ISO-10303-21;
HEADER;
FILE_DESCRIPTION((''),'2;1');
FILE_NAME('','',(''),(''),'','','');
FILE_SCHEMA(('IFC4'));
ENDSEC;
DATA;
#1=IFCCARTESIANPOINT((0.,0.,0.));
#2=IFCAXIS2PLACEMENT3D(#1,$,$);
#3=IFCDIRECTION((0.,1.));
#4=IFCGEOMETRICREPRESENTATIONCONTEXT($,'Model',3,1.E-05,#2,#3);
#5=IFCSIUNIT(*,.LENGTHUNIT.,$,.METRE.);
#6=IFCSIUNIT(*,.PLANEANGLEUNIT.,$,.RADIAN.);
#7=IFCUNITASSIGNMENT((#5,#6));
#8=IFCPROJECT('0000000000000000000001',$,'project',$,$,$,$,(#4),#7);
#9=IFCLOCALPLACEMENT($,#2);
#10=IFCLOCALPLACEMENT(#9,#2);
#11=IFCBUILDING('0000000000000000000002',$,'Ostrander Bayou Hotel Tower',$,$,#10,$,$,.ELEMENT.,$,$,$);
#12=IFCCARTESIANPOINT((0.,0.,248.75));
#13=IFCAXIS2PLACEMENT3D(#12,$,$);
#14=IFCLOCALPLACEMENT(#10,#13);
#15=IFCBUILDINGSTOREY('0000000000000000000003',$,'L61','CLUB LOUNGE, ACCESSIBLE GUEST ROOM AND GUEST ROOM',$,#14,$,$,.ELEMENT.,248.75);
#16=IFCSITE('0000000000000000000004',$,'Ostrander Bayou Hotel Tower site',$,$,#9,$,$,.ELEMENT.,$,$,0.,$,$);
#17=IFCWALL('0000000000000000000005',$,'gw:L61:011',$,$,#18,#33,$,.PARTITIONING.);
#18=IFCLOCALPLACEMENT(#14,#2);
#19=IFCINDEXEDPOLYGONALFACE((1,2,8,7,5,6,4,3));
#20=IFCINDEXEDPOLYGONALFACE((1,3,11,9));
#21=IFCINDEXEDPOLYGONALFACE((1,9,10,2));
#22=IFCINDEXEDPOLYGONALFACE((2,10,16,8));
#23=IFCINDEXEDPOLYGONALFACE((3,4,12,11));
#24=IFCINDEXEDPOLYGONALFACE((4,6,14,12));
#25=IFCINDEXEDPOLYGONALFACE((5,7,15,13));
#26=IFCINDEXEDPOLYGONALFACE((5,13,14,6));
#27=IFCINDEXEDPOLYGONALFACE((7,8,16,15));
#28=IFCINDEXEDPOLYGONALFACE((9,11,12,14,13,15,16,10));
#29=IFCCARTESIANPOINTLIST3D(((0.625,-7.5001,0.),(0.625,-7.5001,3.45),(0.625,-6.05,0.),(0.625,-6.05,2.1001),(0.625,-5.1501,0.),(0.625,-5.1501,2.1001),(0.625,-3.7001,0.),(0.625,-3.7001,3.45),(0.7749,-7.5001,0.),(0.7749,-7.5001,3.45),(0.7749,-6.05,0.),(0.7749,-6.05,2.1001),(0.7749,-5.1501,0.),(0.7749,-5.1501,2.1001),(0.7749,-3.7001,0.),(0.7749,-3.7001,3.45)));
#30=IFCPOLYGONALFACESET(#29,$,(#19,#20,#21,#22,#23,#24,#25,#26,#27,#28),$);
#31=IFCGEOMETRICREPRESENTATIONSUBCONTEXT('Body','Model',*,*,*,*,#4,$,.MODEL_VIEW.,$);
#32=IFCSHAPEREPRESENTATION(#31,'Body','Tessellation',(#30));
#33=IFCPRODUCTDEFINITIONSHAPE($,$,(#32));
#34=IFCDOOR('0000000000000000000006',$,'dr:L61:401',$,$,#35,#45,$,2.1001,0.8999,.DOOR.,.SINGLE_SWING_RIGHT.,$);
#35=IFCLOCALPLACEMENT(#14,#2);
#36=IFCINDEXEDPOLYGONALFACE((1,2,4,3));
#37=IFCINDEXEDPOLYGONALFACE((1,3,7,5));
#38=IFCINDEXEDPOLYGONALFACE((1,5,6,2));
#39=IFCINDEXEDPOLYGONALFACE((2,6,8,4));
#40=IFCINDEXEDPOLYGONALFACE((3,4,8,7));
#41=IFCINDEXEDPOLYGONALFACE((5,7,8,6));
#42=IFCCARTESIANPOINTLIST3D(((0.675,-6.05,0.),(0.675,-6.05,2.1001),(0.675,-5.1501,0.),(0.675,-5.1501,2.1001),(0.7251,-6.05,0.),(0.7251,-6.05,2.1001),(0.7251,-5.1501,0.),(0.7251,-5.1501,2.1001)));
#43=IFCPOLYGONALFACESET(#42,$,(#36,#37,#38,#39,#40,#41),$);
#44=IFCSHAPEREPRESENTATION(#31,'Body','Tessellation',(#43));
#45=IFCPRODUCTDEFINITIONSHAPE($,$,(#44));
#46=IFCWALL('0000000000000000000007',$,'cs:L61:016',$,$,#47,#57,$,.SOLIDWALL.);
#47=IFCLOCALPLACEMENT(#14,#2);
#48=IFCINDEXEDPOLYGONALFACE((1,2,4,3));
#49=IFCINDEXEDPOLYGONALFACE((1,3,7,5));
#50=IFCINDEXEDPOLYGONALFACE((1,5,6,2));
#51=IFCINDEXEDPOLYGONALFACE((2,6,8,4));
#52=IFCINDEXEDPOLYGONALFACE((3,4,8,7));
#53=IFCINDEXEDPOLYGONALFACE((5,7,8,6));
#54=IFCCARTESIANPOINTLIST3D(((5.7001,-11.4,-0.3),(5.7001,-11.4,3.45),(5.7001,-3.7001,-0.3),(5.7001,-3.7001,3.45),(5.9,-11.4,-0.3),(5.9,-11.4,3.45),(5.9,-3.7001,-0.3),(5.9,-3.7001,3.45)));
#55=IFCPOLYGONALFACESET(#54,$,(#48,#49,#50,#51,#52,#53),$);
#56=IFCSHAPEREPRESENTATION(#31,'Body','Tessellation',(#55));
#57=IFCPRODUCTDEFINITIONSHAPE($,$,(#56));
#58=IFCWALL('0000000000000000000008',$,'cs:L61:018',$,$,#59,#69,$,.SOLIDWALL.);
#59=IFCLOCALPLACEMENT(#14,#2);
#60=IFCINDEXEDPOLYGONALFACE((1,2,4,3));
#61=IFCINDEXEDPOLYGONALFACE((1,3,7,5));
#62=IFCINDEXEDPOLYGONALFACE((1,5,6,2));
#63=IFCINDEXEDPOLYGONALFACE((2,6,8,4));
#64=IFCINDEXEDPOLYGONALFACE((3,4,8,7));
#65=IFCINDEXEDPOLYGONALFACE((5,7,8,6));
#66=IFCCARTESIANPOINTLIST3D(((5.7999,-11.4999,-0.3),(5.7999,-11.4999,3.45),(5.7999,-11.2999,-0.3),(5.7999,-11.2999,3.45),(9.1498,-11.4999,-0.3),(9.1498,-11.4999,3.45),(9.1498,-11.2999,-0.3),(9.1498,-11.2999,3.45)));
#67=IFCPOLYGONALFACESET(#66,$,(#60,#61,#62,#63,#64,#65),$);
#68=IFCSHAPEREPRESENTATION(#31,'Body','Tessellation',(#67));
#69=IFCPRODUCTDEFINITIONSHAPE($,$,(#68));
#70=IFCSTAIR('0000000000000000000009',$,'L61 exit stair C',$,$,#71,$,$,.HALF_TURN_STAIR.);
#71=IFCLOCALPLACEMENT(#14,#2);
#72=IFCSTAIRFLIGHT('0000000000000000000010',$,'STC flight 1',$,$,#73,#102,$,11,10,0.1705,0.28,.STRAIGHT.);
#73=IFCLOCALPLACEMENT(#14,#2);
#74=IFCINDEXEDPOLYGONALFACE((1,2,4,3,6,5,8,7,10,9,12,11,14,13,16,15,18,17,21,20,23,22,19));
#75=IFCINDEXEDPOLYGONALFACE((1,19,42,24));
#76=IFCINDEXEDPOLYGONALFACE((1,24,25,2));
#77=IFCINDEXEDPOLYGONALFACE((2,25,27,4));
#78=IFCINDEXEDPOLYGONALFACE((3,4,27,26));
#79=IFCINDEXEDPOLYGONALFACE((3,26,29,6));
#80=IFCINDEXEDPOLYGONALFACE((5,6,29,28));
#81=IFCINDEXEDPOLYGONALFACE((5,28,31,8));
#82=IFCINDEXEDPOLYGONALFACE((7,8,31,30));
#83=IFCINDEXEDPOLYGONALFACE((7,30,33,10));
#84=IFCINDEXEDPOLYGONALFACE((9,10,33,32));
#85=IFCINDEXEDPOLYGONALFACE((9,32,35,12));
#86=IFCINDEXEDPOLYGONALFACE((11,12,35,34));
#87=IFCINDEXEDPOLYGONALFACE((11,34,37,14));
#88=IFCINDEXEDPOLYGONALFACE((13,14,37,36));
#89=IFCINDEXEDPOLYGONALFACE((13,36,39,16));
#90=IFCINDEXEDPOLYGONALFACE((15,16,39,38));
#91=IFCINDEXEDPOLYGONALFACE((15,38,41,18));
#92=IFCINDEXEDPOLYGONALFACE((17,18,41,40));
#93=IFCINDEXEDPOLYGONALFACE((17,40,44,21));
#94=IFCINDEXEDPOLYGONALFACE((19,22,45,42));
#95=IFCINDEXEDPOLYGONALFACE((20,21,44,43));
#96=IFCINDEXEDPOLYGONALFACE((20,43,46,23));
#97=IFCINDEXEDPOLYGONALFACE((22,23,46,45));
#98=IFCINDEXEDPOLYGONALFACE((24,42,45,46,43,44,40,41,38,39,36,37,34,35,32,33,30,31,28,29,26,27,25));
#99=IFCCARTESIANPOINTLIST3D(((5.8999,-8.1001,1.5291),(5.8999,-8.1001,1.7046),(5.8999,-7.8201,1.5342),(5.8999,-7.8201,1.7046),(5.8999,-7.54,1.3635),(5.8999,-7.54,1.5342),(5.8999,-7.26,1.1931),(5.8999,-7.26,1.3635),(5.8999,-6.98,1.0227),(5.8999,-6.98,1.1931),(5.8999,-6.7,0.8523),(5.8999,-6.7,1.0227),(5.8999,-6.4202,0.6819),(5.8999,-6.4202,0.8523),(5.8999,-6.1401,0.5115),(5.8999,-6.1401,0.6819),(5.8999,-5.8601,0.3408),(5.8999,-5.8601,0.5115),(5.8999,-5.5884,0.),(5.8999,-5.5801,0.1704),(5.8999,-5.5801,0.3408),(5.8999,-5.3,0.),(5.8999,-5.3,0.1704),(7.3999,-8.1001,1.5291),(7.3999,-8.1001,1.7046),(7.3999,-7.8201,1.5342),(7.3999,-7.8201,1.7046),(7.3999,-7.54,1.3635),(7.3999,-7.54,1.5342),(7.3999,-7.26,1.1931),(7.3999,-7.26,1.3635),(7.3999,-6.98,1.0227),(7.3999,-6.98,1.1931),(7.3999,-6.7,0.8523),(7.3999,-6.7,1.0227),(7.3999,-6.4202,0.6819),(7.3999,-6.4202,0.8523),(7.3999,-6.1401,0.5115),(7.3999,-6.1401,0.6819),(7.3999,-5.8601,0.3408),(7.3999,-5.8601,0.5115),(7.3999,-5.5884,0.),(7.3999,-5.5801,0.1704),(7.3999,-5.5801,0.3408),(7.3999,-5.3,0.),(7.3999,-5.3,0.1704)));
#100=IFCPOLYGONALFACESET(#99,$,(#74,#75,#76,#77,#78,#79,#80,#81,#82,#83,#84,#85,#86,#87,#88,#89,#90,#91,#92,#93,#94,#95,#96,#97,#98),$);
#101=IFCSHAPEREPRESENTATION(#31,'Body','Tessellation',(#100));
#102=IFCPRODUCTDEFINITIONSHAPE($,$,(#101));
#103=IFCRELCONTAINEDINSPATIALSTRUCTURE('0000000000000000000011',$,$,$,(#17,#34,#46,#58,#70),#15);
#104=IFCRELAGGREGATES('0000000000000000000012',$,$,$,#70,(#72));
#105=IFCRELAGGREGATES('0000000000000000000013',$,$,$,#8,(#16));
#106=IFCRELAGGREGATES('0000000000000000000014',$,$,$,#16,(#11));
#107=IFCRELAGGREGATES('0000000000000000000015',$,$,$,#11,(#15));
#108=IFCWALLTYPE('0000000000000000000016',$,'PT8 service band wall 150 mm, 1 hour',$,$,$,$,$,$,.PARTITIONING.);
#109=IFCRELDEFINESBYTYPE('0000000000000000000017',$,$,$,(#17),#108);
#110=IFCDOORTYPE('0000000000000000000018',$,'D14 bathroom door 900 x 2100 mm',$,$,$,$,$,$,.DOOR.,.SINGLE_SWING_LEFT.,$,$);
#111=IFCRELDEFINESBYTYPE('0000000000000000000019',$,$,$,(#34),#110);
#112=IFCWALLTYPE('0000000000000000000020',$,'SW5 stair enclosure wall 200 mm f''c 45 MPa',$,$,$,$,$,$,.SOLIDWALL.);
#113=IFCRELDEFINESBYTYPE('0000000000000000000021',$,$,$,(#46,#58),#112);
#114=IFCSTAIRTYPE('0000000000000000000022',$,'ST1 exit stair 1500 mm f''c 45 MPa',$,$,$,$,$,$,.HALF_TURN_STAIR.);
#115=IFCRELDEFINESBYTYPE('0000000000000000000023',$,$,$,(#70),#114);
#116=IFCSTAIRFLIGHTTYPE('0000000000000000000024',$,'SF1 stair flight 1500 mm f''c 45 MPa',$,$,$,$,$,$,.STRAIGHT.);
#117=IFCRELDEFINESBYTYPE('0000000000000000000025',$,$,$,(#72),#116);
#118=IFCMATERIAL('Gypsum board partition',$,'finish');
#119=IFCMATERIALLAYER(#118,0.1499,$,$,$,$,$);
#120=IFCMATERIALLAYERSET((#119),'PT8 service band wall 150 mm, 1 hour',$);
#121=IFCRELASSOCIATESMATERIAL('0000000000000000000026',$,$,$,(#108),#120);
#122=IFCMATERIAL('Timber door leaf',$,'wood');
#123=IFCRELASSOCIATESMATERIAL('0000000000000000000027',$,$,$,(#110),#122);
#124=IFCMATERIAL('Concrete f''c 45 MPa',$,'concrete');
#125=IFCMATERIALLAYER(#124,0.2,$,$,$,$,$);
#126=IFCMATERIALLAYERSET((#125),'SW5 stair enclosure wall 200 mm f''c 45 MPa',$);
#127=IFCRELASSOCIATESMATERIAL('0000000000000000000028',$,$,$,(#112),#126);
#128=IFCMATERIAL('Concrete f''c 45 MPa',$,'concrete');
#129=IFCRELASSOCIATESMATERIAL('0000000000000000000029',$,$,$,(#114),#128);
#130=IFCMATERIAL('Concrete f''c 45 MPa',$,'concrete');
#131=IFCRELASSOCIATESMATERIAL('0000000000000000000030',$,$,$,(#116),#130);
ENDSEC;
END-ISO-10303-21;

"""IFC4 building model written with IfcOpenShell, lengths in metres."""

from ifc_helpers import new_model, si_unit, direction, frame, frame_2d, origin, place, context, subcontext, project, spatial, polyline, rectangle, outline, extrude, material, layer, layer_set, type_object, element, fill, aggregate, save


model = new_model("IFC4")

# Units and contexts
model_context = context("Model", 3, precision=1e-05, world=origin(), true_north=direction((0.0, 1.0)))
body_context = subcontext(model_context, "Body", "Model", "MODEL_VIEW")
ifc_project = project(units=[si_unit("LENGTHUNIT", "METRE"), si_unit("PLANEANGLEUNIT", "RADIAN")], contexts=[model_context])

# Site, building, storey
site_placement = place(None, origin())
site = spatial("IfcSite", under=ifc_project, at=site_placement, Name="Ostrander Bayou Hotel Tower site", CompositionType="ELEMENT", RefElevation=0.0)
building_placement = place(site_placement, origin())
building = spatial("IfcBuilding", under=site, at=building_placement, Name="Ostrander Bayou Hotel Tower", CompositionType="ELEMENT")
storey_placement = place(building_placement, frame((0.0, 0.0, 248.75)))
storey = spatial("IfcBuildingStorey", under=building, at=storey_placement, Name="L61", Description="CLUB LOUNGE, ACCESSIBLE GUEST ROOM AND GUEST ROOM", CompositionType="ELEMENT", Elevation=248.75)

# Shared definitions
ifc_material_1 = material(Name="Gypsum board partition", Category="finish")
ifc_layer_1 = layer(ifc_material_1, 0.1499)
ifc_layer_set_1 = layer_set([ifc_layer_1], Name="PT8 service band wall 150 mm, 1 hour")
wall_type_1 = type_object("IfcWallType", Name="PT8 service band wall 150 mm, 1 hour", PredefinedType="PARTITIONING", material=ifc_layer_set_1)

# Wall, opening, door
wall_1_placement = place(storey_placement, frame((0.7, -7.5, 0.0), z_axis=(0.0, 0.0, 1.0), x_axis=(0.0, 1.0, 0.0)))
wall_1 = element("IfcWall", 1, at=wall_1_placement, inside=storey, type_object=wall_type_1, Name="gw:L61:011", PredefinedType="PARTITIONING", context=body_context, shape_type="SweptSolid", body=[
    extrude(rectangle(XDim=3.8, YDim=0.1499, at=frame_2d((1.8999, 0.0))), origin(), (0.0, 0.0, 1.0), 3.45),
])
opening_1_placement = place(wall_1_placement, frame((1.45, 0.0, 0.0)))
opening_1 = element("IfcOpeningElement", 2, at=opening_1_placement, cuts=wall_1, PredefinedType="OPENING", context=body_context, shape_type="SweptSolid", body=[
    extrude(rectangle(XDim=0.8999, YDim=2.1001, at=frame_2d((0.45, 1.05))), frame((0.0, 0.075, 0.0), z_axis=(0.0, -1.0, 0.0), x_axis=(1.0, 0.0, 0.0)), (0.0, 0.0, 1.0), 0.1499),
])
ifc_material_2 = material(Name="Timber door leaf", Category="wood")
door_type_1 = type_object("IfcDoorType", Name="D14 bathroom door 900 x 2100 mm", OperationType="SINGLE_SWING_LEFT", PredefinedType="DOOR", material=ifc_material_2)
door_1_placement = place(opening_1_placement, origin())
door_1 = element("IfcDoor", 3, at=door_1_placement, inside=storey, type_object=door_type_1, Name="dr:L61:401", OperationType="SINGLE_SWING_RIGHT", OverallHeight=2.1001, OverallWidth=0.8999, PredefinedType="DOOR", context=body_context, shape_type="SweptSolid", body=[
    extrude(rectangle(XDim=0.8999, YDim=2.1001, at=frame_2d((0.45, 1.05))), frame((0.0, 0.0249, 0.0), z_axis=(0.0, -1.0, 0.0), x_axis=(1.0, 0.0, 0.0)), (0.0, 0.0, 1.0), 0.05),
])
fill(opening_1, door_1)
ifc_material_3 = material(Name="Concrete f'c 45 MPa", Category="concrete")
ifc_layer_2 = layer(ifc_material_3, 0.2)
ifc_layer_set_2 = layer_set([ifc_layer_2], Name="SW5 stair enclosure wall 200 mm f'c 45 MPa")
wall_type_2 = type_object("IfcWallType", Name="SW5 stair enclosure wall 200 mm f'c 45 MPa", PredefinedType="SOLIDWALL", material=ifc_layer_set_2)

# Walls
wall_2_placement = place(storey_placement, frame((5.8, -3.7, -0.3), z_axis=(0.0, 0.0, 1.0), x_axis=(0.0, -1.0, 0.0)))
element("IfcWall", 4, at=wall_2_placement, inside=storey, type_object=wall_type_2, Name="cs:L61:016", PredefinedType="SOLIDWALL", context=body_context, shape_type="SweptSolid", body=[
    extrude(rectangle(XDim=7.7, YDim=0.2, at=frame_2d((3.8501, 0.0))), origin(), (0.0, 0.0, 1.0), 3.75),
])
wall_3_placement = place(storey_placement, frame((5.8, -11.3999, -0.3), z_axis=(0.0, 0.0, 1.0), x_axis=(1.0, 0.0, 0.0)))
element("IfcWall", 5, at=wall_3_placement, inside=storey, type_object=wall_type_2, Name="cs:L61:018", PredefinedType="SOLIDWALL", context=body_context, shape_type="SweptSolid", body=[
    extrude(rectangle(XDim=3.3499, YDim=0.2, at=frame_2d((1.6748, 0.0))), origin(), (0.0, 0.0, 1.0), 3.75),
])

# Stair, stair flight
ifc_material_4 = material(Name="Concrete f'c 45 MPa", Category="concrete")
stair_type = type_object("IfcStairType", Name="ST1 exit stair 1500 mm f'c 45 MPa", PredefinedType="HALF_TURN_STAIR", material=ifc_material_4)
stair_placement = place(storey_placement, origin())
stair = element("IfcStair", 6, at=stair_placement, inside=storey, type_object=stair_type, Name="L61 exit stair C", PredefinedType="HALF_TURN_STAIR")
ifc_material_5 = material(Name="Concrete f'c 45 MPa", Category="concrete")
stair_flight_type = type_object("IfcStairFlightType", Name="SF1 stair flight 1500 mm f'c 45 MPa", PredefinedType="STRAIGHT", material=ifc_material_5)
stair_flight_placement = place(storey_placement, frame((6.6499, -5.3, 0.0), z_axis=(0.0, 0.0, 1.0), x_axis=(0.0, -1.0, 0.0)))
stair_flight = element("IfcStairFlight", 7, at=stair_flight_placement, type_object=stair_flight_type, Name="STC flight 1", NumberOfRisers=11, NumberOfTreads=10, PredefinedType="STRAIGHT", RiserHeight=0.1705, TreadLength=0.28, context=body_context, shape_type="SweptSolid", body=[
    extrude(outline(polyline([(0.0, 0.0), (0.0, 0.1704), (0.28, 0.1704), (0.28, 0.3408), (0.5601, 0.3408), (0.5601, 0.5115), (0.8401, 0.5115), (0.8401, 0.6819), (1.1201, 0.6819), (1.1201, 0.8523), (1.3999, 0.8523), (1.3999, 1.0227), (1.6799, 1.0227), (1.6799, 1.1931), (1.96, 1.1931), (1.96, 1.3635), (2.24, 1.3635), (2.24, 1.5342), (2.52, 1.5342), (2.52, 1.7046), (2.8, 1.7046), (2.8, 1.875), (2.8, 1.5291), (0.2883, 0.0), (0.0, 0.0)])), frame((0.0, 0.75, 0.0), z_axis=(0.0, -1.0, 0.0), x_axis=(1.0, 0.0, 0.0)), (0.0, 0.0, 1.0), 1.5),
])
aggregate(stair, [stair_flight])

save(model, "model.ifc")
